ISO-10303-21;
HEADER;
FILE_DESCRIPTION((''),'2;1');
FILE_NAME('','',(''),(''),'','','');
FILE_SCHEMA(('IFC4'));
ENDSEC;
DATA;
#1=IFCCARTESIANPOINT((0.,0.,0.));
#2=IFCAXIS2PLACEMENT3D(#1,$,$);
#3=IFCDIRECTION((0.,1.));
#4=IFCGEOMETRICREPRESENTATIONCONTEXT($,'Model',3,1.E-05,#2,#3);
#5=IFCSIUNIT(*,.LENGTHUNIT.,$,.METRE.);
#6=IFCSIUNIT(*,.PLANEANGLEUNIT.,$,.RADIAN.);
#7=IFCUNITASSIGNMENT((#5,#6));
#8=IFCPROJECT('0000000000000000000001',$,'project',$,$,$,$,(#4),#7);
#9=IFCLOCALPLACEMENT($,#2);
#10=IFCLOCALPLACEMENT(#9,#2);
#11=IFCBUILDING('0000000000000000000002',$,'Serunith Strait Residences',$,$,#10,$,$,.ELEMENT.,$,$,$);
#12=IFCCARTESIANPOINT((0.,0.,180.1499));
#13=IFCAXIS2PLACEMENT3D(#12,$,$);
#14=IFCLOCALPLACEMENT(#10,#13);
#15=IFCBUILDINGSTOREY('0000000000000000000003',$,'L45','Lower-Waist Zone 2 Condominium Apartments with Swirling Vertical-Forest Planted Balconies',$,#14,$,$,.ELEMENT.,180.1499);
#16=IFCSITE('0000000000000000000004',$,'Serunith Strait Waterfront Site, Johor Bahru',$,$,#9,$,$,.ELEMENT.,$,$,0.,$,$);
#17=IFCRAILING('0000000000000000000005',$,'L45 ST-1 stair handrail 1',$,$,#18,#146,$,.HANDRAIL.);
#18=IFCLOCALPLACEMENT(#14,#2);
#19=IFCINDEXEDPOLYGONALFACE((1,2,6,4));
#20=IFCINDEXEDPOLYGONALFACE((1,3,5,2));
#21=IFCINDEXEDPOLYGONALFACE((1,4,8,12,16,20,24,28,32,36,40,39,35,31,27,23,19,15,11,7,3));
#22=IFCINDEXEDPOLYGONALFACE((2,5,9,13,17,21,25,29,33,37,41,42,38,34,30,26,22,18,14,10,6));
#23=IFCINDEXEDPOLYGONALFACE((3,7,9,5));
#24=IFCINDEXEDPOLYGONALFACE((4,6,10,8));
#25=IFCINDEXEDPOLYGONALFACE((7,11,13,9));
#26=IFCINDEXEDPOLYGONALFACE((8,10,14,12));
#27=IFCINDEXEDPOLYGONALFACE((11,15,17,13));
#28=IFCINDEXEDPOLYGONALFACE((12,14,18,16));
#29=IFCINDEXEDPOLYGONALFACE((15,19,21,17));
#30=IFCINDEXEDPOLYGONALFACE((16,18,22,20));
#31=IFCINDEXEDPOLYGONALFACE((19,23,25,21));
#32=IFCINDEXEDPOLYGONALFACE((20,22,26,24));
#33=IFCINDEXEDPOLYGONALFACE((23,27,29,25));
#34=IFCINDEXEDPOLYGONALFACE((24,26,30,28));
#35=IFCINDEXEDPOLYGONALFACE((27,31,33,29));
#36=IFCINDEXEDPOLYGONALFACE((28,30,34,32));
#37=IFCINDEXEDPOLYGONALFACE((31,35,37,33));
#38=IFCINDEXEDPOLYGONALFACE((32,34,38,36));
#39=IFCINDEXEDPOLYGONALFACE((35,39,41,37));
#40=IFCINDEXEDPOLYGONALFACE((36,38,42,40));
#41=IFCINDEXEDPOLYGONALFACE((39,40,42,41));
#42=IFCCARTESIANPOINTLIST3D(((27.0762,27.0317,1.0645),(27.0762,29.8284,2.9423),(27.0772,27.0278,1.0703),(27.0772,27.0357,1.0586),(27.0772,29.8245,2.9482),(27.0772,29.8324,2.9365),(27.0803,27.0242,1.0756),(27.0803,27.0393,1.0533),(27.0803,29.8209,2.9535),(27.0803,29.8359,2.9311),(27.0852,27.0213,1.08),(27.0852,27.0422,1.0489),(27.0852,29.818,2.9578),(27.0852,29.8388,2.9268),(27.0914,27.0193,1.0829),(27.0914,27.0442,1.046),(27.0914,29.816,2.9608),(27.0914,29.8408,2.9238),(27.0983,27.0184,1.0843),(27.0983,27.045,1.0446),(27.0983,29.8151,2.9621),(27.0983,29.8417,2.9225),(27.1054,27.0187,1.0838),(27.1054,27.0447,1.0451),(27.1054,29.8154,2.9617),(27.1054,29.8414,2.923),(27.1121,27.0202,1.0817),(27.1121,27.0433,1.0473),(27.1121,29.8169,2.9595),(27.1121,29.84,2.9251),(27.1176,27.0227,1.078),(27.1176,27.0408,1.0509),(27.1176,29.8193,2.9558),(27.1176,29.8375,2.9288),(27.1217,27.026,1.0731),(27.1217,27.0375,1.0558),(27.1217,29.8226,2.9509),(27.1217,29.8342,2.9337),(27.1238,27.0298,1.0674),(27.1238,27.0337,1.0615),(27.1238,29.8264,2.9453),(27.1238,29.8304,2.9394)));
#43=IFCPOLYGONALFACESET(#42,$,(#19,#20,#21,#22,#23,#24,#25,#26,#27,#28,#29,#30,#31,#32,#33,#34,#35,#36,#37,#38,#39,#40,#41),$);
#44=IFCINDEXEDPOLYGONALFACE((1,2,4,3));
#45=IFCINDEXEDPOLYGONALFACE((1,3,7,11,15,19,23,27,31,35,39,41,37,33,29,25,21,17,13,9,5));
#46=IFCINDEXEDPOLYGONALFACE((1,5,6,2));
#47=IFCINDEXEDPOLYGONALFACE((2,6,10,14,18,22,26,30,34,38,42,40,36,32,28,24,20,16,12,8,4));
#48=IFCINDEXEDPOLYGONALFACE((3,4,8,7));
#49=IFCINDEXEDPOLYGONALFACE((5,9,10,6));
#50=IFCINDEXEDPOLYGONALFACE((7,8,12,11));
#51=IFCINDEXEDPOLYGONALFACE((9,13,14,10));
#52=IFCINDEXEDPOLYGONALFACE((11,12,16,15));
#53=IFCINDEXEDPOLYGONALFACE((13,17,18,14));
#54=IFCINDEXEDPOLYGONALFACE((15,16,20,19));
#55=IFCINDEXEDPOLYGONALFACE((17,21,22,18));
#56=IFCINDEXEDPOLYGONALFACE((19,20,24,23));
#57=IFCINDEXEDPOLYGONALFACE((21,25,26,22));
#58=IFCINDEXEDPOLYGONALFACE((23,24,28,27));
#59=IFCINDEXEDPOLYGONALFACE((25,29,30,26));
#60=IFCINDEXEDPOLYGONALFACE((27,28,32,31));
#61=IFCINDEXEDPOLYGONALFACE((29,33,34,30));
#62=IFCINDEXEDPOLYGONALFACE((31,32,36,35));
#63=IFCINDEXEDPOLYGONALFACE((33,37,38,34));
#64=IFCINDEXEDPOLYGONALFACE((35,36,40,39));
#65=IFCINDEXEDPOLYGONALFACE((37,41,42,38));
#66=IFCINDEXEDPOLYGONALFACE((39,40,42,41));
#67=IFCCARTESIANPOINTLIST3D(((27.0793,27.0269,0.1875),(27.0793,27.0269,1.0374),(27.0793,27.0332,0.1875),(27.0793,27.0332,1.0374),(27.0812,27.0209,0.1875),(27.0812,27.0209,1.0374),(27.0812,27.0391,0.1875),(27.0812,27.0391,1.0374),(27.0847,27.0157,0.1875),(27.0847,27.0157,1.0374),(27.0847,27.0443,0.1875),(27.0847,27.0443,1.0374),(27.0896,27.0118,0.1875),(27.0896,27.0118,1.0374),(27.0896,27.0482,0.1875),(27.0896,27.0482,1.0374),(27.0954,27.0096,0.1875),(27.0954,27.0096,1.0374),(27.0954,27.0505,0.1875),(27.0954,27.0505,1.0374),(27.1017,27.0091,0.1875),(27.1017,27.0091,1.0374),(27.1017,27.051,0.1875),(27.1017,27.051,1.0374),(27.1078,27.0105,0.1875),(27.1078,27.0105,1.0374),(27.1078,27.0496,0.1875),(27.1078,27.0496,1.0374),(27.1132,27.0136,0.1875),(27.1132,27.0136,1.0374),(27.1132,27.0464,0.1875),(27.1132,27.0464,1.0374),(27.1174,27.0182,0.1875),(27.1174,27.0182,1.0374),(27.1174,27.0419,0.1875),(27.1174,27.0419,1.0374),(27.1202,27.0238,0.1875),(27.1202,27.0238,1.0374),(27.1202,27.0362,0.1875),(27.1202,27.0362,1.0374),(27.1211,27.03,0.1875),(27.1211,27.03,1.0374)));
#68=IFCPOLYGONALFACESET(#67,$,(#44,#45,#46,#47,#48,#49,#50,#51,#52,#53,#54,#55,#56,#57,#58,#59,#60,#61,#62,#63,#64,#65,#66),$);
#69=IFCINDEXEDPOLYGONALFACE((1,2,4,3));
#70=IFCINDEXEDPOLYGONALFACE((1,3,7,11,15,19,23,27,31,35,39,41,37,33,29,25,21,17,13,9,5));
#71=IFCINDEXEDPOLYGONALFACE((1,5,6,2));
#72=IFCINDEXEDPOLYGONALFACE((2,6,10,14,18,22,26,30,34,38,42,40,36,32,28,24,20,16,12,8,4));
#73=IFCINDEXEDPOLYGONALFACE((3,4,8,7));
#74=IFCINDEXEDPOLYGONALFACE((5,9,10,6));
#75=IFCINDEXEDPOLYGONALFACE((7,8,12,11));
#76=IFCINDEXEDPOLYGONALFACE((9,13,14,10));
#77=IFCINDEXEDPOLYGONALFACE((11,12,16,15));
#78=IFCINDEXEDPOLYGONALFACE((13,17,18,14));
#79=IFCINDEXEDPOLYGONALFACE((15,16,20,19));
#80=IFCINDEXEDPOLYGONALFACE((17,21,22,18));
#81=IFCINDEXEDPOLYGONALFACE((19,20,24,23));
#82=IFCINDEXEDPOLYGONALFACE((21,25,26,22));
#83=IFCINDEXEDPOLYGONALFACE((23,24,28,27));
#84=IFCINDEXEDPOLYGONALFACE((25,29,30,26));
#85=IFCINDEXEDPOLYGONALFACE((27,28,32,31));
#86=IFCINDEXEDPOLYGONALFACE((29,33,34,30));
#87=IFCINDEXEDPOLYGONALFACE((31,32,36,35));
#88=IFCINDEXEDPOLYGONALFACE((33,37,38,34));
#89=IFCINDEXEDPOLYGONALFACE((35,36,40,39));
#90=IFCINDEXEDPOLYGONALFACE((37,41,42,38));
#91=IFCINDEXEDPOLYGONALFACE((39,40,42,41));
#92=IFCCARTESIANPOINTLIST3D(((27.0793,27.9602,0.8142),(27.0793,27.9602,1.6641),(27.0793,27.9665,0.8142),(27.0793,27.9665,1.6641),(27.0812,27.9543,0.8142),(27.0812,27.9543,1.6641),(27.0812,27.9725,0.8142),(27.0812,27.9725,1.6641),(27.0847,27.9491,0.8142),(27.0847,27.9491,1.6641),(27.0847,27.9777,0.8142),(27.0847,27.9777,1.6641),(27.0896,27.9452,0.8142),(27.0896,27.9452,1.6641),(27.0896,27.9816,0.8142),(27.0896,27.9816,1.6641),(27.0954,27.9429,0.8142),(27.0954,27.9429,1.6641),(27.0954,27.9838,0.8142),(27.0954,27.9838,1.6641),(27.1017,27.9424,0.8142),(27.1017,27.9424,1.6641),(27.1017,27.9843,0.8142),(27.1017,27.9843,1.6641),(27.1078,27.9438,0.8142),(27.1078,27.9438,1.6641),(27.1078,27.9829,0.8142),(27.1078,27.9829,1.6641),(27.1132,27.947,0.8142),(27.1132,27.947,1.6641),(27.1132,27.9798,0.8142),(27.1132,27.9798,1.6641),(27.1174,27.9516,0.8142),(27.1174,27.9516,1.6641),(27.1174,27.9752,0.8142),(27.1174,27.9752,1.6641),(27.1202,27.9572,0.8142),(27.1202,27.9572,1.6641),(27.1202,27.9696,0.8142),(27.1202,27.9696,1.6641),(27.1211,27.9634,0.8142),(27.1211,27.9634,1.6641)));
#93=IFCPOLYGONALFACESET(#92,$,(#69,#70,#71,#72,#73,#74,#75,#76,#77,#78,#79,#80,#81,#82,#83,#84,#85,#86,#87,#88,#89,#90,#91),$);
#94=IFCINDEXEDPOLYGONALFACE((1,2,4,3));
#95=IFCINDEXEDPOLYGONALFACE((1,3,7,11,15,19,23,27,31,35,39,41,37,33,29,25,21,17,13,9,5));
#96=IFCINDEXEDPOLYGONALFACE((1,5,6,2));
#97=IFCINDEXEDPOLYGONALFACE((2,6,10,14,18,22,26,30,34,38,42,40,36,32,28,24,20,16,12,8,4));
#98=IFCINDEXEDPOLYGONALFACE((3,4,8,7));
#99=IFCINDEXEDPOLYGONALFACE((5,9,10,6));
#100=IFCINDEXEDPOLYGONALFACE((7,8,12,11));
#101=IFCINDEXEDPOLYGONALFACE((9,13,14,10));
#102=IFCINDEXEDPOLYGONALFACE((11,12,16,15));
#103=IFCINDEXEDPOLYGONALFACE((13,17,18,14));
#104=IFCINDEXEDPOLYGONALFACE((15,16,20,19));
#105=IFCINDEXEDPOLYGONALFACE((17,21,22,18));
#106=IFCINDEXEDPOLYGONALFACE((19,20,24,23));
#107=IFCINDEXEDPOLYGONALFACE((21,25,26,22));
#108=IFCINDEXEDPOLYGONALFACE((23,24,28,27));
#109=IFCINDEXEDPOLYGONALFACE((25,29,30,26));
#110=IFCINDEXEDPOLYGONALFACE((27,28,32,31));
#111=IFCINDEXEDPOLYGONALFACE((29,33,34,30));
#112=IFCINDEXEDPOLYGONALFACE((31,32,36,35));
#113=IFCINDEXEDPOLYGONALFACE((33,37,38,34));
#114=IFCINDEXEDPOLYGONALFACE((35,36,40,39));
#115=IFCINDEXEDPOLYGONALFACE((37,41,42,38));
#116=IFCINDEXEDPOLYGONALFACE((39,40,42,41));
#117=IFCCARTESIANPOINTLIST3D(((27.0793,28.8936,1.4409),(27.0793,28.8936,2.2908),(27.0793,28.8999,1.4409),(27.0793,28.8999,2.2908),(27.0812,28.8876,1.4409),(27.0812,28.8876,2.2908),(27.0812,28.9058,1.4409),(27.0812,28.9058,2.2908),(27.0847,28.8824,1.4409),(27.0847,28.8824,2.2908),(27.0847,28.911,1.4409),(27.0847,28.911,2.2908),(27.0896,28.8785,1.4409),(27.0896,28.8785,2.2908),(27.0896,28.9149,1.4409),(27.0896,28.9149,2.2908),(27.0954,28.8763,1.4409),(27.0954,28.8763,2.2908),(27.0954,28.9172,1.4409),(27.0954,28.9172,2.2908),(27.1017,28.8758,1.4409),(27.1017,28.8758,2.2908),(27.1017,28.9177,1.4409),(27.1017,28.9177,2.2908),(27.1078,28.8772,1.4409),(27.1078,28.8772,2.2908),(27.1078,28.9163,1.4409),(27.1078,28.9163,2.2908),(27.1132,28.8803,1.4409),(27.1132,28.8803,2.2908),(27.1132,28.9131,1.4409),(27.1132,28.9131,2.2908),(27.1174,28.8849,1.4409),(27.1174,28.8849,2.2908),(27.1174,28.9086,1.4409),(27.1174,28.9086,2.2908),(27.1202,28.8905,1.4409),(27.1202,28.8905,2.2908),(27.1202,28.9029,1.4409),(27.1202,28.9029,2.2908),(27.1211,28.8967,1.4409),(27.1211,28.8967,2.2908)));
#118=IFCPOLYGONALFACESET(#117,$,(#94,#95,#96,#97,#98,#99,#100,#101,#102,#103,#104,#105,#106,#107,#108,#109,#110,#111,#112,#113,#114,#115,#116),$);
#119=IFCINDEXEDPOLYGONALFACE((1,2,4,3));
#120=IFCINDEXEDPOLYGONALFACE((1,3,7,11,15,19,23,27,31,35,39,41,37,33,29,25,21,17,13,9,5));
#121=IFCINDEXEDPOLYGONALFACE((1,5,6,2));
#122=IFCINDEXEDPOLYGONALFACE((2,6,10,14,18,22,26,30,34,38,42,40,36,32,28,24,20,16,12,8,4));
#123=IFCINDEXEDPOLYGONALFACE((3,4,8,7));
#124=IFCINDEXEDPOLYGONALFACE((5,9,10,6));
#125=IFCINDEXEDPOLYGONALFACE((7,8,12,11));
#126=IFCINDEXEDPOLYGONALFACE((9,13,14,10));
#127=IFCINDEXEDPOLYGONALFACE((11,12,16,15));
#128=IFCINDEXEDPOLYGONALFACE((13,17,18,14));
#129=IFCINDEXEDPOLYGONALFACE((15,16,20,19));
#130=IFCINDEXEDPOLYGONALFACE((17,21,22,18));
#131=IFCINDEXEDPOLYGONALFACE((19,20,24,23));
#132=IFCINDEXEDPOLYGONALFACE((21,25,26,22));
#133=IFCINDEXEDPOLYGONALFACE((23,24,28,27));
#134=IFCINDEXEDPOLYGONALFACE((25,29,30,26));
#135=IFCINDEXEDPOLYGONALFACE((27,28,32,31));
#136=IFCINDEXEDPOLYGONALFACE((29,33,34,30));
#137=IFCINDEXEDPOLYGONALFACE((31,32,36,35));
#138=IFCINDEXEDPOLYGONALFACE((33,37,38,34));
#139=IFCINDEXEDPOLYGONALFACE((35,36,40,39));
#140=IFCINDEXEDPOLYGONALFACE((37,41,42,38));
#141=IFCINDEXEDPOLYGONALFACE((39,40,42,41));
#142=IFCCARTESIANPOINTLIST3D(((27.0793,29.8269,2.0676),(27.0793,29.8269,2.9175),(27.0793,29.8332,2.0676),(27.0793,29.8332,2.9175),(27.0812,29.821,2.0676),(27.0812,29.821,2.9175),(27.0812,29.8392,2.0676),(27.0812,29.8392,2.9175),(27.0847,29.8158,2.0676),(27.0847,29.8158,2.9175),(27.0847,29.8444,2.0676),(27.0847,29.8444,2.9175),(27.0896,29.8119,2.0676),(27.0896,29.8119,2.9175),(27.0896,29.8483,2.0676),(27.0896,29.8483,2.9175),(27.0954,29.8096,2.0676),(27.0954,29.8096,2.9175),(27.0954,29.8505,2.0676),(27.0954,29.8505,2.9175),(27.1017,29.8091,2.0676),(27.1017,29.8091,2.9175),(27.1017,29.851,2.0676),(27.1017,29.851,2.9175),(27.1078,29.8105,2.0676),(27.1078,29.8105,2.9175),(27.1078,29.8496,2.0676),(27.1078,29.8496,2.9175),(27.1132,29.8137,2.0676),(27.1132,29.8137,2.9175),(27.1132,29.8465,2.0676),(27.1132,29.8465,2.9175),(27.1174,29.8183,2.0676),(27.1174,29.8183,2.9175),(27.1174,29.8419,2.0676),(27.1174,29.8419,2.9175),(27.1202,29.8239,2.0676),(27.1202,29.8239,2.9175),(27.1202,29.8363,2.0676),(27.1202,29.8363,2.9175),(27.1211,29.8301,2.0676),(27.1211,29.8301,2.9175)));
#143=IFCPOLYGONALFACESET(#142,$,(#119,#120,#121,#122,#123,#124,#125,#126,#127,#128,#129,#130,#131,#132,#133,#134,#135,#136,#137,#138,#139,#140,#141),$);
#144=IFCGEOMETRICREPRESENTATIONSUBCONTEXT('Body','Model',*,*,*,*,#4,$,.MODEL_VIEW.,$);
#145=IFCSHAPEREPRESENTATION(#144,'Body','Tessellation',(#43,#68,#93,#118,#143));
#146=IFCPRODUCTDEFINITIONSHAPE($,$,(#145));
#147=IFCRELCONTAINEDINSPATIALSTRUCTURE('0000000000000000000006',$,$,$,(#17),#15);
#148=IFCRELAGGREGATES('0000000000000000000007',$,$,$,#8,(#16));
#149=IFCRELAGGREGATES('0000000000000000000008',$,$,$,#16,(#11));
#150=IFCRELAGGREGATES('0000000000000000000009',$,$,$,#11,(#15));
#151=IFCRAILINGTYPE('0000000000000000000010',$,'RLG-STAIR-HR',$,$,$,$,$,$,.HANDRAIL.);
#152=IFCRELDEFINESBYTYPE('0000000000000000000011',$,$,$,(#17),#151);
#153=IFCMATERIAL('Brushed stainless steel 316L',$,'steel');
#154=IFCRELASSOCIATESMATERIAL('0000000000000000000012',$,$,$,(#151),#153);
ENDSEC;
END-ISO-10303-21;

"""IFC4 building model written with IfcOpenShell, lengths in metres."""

from ifc_helpers import new_model, si_unit, direction, frame, origin, origin_2d, place, context, subcontext, project, spatial, circle, extrude, material, type_object, element, save


model = new_model("IFC4")

# Units and contexts
model_context = context("Model", 3, precision=1e-05, world=origin(), true_north=direction((0.0, 1.0)))
body_context = subcontext(model_context, "Body", "Model", "MODEL_VIEW")
ifc_project = project(units=[si_unit("LENGTHUNIT", "METRE"), si_unit("PLANEANGLEUNIT", "RADIAN")], contexts=[model_context])

# Site, building, storey
site_placement = place(None, origin())
site = spatial("IfcSite", under=ifc_project, at=site_placement, Name="Serunith Strait Waterfront Site, Johor Bahru", CompositionType="ELEMENT", RefElevation=0.0)
building_placement = place(site_placement, origin())
building = spatial("IfcBuilding", under=site, at=building_placement, Name="Serunith Strait Residences", CompositionType="ELEMENT")
storey_placement = place(building_placement, frame((0.0, 0.0, 180.1499)))
storey = spatial("IfcBuildingStorey", under=building, at=storey_placement, Name="L45", Description="Lower-Waist Zone 2 Condominium Apartments with Swirling Vertical-Forest Planted Balconies", CompositionType="ELEMENT", Elevation=180.1499)

# Railing
ifc_material_1 = material(Name="Brushed stainless steel 316L", Category="steel")
railing_type_1 = type_object("IfcRailingType", Name="RLG-STAIR-HR", PredefinedType="HANDRAIL", material=ifc_material_1)
railing_1_placement = place(storey_placement, frame((27.1001, 27.03, 0.1875)))
element("IfcRailing", 1, at=railing_1_placement, inside=storey, type_object=railing_type_1, Name="L45 ST-1 stair handrail 1", PredefinedType="HANDRAIL", context=body_context, shape_type="SweptSolid", body=[
    extrude(circle(Radius=0.0239, at=origin_2d()), frame((0.0, 0.0017, 0.877), z_axis=(0.0, 0.830208, 0.557453), x_axis=(-1.0, 0.0, 0.0)), (0.0, 0.0, 1.0), 3.3687),
    extrude(circle(Radius=0.021, at=origin_2d()), origin(), (0.0, 0.0, 1.0), 0.8499),
    extrude(circle(Radius=0.021, at=origin_2d()), frame((0.0, 0.9333, 0.6267)), (0.0, 0.0, 1.0), 0.8499),
    extrude(circle(Radius=0.021, at=origin_2d()), frame((0.0, 1.8667, 1.2534)), (0.0, 0.0, 1.0), 0.8499),
    extrude(circle(Radius=0.021, at=origin_2d()), frame((0.0, 2.8, 1.8801)), (0.0, 0.0, 1.0), 0.8499),
])

save(model, "model.ifc")
